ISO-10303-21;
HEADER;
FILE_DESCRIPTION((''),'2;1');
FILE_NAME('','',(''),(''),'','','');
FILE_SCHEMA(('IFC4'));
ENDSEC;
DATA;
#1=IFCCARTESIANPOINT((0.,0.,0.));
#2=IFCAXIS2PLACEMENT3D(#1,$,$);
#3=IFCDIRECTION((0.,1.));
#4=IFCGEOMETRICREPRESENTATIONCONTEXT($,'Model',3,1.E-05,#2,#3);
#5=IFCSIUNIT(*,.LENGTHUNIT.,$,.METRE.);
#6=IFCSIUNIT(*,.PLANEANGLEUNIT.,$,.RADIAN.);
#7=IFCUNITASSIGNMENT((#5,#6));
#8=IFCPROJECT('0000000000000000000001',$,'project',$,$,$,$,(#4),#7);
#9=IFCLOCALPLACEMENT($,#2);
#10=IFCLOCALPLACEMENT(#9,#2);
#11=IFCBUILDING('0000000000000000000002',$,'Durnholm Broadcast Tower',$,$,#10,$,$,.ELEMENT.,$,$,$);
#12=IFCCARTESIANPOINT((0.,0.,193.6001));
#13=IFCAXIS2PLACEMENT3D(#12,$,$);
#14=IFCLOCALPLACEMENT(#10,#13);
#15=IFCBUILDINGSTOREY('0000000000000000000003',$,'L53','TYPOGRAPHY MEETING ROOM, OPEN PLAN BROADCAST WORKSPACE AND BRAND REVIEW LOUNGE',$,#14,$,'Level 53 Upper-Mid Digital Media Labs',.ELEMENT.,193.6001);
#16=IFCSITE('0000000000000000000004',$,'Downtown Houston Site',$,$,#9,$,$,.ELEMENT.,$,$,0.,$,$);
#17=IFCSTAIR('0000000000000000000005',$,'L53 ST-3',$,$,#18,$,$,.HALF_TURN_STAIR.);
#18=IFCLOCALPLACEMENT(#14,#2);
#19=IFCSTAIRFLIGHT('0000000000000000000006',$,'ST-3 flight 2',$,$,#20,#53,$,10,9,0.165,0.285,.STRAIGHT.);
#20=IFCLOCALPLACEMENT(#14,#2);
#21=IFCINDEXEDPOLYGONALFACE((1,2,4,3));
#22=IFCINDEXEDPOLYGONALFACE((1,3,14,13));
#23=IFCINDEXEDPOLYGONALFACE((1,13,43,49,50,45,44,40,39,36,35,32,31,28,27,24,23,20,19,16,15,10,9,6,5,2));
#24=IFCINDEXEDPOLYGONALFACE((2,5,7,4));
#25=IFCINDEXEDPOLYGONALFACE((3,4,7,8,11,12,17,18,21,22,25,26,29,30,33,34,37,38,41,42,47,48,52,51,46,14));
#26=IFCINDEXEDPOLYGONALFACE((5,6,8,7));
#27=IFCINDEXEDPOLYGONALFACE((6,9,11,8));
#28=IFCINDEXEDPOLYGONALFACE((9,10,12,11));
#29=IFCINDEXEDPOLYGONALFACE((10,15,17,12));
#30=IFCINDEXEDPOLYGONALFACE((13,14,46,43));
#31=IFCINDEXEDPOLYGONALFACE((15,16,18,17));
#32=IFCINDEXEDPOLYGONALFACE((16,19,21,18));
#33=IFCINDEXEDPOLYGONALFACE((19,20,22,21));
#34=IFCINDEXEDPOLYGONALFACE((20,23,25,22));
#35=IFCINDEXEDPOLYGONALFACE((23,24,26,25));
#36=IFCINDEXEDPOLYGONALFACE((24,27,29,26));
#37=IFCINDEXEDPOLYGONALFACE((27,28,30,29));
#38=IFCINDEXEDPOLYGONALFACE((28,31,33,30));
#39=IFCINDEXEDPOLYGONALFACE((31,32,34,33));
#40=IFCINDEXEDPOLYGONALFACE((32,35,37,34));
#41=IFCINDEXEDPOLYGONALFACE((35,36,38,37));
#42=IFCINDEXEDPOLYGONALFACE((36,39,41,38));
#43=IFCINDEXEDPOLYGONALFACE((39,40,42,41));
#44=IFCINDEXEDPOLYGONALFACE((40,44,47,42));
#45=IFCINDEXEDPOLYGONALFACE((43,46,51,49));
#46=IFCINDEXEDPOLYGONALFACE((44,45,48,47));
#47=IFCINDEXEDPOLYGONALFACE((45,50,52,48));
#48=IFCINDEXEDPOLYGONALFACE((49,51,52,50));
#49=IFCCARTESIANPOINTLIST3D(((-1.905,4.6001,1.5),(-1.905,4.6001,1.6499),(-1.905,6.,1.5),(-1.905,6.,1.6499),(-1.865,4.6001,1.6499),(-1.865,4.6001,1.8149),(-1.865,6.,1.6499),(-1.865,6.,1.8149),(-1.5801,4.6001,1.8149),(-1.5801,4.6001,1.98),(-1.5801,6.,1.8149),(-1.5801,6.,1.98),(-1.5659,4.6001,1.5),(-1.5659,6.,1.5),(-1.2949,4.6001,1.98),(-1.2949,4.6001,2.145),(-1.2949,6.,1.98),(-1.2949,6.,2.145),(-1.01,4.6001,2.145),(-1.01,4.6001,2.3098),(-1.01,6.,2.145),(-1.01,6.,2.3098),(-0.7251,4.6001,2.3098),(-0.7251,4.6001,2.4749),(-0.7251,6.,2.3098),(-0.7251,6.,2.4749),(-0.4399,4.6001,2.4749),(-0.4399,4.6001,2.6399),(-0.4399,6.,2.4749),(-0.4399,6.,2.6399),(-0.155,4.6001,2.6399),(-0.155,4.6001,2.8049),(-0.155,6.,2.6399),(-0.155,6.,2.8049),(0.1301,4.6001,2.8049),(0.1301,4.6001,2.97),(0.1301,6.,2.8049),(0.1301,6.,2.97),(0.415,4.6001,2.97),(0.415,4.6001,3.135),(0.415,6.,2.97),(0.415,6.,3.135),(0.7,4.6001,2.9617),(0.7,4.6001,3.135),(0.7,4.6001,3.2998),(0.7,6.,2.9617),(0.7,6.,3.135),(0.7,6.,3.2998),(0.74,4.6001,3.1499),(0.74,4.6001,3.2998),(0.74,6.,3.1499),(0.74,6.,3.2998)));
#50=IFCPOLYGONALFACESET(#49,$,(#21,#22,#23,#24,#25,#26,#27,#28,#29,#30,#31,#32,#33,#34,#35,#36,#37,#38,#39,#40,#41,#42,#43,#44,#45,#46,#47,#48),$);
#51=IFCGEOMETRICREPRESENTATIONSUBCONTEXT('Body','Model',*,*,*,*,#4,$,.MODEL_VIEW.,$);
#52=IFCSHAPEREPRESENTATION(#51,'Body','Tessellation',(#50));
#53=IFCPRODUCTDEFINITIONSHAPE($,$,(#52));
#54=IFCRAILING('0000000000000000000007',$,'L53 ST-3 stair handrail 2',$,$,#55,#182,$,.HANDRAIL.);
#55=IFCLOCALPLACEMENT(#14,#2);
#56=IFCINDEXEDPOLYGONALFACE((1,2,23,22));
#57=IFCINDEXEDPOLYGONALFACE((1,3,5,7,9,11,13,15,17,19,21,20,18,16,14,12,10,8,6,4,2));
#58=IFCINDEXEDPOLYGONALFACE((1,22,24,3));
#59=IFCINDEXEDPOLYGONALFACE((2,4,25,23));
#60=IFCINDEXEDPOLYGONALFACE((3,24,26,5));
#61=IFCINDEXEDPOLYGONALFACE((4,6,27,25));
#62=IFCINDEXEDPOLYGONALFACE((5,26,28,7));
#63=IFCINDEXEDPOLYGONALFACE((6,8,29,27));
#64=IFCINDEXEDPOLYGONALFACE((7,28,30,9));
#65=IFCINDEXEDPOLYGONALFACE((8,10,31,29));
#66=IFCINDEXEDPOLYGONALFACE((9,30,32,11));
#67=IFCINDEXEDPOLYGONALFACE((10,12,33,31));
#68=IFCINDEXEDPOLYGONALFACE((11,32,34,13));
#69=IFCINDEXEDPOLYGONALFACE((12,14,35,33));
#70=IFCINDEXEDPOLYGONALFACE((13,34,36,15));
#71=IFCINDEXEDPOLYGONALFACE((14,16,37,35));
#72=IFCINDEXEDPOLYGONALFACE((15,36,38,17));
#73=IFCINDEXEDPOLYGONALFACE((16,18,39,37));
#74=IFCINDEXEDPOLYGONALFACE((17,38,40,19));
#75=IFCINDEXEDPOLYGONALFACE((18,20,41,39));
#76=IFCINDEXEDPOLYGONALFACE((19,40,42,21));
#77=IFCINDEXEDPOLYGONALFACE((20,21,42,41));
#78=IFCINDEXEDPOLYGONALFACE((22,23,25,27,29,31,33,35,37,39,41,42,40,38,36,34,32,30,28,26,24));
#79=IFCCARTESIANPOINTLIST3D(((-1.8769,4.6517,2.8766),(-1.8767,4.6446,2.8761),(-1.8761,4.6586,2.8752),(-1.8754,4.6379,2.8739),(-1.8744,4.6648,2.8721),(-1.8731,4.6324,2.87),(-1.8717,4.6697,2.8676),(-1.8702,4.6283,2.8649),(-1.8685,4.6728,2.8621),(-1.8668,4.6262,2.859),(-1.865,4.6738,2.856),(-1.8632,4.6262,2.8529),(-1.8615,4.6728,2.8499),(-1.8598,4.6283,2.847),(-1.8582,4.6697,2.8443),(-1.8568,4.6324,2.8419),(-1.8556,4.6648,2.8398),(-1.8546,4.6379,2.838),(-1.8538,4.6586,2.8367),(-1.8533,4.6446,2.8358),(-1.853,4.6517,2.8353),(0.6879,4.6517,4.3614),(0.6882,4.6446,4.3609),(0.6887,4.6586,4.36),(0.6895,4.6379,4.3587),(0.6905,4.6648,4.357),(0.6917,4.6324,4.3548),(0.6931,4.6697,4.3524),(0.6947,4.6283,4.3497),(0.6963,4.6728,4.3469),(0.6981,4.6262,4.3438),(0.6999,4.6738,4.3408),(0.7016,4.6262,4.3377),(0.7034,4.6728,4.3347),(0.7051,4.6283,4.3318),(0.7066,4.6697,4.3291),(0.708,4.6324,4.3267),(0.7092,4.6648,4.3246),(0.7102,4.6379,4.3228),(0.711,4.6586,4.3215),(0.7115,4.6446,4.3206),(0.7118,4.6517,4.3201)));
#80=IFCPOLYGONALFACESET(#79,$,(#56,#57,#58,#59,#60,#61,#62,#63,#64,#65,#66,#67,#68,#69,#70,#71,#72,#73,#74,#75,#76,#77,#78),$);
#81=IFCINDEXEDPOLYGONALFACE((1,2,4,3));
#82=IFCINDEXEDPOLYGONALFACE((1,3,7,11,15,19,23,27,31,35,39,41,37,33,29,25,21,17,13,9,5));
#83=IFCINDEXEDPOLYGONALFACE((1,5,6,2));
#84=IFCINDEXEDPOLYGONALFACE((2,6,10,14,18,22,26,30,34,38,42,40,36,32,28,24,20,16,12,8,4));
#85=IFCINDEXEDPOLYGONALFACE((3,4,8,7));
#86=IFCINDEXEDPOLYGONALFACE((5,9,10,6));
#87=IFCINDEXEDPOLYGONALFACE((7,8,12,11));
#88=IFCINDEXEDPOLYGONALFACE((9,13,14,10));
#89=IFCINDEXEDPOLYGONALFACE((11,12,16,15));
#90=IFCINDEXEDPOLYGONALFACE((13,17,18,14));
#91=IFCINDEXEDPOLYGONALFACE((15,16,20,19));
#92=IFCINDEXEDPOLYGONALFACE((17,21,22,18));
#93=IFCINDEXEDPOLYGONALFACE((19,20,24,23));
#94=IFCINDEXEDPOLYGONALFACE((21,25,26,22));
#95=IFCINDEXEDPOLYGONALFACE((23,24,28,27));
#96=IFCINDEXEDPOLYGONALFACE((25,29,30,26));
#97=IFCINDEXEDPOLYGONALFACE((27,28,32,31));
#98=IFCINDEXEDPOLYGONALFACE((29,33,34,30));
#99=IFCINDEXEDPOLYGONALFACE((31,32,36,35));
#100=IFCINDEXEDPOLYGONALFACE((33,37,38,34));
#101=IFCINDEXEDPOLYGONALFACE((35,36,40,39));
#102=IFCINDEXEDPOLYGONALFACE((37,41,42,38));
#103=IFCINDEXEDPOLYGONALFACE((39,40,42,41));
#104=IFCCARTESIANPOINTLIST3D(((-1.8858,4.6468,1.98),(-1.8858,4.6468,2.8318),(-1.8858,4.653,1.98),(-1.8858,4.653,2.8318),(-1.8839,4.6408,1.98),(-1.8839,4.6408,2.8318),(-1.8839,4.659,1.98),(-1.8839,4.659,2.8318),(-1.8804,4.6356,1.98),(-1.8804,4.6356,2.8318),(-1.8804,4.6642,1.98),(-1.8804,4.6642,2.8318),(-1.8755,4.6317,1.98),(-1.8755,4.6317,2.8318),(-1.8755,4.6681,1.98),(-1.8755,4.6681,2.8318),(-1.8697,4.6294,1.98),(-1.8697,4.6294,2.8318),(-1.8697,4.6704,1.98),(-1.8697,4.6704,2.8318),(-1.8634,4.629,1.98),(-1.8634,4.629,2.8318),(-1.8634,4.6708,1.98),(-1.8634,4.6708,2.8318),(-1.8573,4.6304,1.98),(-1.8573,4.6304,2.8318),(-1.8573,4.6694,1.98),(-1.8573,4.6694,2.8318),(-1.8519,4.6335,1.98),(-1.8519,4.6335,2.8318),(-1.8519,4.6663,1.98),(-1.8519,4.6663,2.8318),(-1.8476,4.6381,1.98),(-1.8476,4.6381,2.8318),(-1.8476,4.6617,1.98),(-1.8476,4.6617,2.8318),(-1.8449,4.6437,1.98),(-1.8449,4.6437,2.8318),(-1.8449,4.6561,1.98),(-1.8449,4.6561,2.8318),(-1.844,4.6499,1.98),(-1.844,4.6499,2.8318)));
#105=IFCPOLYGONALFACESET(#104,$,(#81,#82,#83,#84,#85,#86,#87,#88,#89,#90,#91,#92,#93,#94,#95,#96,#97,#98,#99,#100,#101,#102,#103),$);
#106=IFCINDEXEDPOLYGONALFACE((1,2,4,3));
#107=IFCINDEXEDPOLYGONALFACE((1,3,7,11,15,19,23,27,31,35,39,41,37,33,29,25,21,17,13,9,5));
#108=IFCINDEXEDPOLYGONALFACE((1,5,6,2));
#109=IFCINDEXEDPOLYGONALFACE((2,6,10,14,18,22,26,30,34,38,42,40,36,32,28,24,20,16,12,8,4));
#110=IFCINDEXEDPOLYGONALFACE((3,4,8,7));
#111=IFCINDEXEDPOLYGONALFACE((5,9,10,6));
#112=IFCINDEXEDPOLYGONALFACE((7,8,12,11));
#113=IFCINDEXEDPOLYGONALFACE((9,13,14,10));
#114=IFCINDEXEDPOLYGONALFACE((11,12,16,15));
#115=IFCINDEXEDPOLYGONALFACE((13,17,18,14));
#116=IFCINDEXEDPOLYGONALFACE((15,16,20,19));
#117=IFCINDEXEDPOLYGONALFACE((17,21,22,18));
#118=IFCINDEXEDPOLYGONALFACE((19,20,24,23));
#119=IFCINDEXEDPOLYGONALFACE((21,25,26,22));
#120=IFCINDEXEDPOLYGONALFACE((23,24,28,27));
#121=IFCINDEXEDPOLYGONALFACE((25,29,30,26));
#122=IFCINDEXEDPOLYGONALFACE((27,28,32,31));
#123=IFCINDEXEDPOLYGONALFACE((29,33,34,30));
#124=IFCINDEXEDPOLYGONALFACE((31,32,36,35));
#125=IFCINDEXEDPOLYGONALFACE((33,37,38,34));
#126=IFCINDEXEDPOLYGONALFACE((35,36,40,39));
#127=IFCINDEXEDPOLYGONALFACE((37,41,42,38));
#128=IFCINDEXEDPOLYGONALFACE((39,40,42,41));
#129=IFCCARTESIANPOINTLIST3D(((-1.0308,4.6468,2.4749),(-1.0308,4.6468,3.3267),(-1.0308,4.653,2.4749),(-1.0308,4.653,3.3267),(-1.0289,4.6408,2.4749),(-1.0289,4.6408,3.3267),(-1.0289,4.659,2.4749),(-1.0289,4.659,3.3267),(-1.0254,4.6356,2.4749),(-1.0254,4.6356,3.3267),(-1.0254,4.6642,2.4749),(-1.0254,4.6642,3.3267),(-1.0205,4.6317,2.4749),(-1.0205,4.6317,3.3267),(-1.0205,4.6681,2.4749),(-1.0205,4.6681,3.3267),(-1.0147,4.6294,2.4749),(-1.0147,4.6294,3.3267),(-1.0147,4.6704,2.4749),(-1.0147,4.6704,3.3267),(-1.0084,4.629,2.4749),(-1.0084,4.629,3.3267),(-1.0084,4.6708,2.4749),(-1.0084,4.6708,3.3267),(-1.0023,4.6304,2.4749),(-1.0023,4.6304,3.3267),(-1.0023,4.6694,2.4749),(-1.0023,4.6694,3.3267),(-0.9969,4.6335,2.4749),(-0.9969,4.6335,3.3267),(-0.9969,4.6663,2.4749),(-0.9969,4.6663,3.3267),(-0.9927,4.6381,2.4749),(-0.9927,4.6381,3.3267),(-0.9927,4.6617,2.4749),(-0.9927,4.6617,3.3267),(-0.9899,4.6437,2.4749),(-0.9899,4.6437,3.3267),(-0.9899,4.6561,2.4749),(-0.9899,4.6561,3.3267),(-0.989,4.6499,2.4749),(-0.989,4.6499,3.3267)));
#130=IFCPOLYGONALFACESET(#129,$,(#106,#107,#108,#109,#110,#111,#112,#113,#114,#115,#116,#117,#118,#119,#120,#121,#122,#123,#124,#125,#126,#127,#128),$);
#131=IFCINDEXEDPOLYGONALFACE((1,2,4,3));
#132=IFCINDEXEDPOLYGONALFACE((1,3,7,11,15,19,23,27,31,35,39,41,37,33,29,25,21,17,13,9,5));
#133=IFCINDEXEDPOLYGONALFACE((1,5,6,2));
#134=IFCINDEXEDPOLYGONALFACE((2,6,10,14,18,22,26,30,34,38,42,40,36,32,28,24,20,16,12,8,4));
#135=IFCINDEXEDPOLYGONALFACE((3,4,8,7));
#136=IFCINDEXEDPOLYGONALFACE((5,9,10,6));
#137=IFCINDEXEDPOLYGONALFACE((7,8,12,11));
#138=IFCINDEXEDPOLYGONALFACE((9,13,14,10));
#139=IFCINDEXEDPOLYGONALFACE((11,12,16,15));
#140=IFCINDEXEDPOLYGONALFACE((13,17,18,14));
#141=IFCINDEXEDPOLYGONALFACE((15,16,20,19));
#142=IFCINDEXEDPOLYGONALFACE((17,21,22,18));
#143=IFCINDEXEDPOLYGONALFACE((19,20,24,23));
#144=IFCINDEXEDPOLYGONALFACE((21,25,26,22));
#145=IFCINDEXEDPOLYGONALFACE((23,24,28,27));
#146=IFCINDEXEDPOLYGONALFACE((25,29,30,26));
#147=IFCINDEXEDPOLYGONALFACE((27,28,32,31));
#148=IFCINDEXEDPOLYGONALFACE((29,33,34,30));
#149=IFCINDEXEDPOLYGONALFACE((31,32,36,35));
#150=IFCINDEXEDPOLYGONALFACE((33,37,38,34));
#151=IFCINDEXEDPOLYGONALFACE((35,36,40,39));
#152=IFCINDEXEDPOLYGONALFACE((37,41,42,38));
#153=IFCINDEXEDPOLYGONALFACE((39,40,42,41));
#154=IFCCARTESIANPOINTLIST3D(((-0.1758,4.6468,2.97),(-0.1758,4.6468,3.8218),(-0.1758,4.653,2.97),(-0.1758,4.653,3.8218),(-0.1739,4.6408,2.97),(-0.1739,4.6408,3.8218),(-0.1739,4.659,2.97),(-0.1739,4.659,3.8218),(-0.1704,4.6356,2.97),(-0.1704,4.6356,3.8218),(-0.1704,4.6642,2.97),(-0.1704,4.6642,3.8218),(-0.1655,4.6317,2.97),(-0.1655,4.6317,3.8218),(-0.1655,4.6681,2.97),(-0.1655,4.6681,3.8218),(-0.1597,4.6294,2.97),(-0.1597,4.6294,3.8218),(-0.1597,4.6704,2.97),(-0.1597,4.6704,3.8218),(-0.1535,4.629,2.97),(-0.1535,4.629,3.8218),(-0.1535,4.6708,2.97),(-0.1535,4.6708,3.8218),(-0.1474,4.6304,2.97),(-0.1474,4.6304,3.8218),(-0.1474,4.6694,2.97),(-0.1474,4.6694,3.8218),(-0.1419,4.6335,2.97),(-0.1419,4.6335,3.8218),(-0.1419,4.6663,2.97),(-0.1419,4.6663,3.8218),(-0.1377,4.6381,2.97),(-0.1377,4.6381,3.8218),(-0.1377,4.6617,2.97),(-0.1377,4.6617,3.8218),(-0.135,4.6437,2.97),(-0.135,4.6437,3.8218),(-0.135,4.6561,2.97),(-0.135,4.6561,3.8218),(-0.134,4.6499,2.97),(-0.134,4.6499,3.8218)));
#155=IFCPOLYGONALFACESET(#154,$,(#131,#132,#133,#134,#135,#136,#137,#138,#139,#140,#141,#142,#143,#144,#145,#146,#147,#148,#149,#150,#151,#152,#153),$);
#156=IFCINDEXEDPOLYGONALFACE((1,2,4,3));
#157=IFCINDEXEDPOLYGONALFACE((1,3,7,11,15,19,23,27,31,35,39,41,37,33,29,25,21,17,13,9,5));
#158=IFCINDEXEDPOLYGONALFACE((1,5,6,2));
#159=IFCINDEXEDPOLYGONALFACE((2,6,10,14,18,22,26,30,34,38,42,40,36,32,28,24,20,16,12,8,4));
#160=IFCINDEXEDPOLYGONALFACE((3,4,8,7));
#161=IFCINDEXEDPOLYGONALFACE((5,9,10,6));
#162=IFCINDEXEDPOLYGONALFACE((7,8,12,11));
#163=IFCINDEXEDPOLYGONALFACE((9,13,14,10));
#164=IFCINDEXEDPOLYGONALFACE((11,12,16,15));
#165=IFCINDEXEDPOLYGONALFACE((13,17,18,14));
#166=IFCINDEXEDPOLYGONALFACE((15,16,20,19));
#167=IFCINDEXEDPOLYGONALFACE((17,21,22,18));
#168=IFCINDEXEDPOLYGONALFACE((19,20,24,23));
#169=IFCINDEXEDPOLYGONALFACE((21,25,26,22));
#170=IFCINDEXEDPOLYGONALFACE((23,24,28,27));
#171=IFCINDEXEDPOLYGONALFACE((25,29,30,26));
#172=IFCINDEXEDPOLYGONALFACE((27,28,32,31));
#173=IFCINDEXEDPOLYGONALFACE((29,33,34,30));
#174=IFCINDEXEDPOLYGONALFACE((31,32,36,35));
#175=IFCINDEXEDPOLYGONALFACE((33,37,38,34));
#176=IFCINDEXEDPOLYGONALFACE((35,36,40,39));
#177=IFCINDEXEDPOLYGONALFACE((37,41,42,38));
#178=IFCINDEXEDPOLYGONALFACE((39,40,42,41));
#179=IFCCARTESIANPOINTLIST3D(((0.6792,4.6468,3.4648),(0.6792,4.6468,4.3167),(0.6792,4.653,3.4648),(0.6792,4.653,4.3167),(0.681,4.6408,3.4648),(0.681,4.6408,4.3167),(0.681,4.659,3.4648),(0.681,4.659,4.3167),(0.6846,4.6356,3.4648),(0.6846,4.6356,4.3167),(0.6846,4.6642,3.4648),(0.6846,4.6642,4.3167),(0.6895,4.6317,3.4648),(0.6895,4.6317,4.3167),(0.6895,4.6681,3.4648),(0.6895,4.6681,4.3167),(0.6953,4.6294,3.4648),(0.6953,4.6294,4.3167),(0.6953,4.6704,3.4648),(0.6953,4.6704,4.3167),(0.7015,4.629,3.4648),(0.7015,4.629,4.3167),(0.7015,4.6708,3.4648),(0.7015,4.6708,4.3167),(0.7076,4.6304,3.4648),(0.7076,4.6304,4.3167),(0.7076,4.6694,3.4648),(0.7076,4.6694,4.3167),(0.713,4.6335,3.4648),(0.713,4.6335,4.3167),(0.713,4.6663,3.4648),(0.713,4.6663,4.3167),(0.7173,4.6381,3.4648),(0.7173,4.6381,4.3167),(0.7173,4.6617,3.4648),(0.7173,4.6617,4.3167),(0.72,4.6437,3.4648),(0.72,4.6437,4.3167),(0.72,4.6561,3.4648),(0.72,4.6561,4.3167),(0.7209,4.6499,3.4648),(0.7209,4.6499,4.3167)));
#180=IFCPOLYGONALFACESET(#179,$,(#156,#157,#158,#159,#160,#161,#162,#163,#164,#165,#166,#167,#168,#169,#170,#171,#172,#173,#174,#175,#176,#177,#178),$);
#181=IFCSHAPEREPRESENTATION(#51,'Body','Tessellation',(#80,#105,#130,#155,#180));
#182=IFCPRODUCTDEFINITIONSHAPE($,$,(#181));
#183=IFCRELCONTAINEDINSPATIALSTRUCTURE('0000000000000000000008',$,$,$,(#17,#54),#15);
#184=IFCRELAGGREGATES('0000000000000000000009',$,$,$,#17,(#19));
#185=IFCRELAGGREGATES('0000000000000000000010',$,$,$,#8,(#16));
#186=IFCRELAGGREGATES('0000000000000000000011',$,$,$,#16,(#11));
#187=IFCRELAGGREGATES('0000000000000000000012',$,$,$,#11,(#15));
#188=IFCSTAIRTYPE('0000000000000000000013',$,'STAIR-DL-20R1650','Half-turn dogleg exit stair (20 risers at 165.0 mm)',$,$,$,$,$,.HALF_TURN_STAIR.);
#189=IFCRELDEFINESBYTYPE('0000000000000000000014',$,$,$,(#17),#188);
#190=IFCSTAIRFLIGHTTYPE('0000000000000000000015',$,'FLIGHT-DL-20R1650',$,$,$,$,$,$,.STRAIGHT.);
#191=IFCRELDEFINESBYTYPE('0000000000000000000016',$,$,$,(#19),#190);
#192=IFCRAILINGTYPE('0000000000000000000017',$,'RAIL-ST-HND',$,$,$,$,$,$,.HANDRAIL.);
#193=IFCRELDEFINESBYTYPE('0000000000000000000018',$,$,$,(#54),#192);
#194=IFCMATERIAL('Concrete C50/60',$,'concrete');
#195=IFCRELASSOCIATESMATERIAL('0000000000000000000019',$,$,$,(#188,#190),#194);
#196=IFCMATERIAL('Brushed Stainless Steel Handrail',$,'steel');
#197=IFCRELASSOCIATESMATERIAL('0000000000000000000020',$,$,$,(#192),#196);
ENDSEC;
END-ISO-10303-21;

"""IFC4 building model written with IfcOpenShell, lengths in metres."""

from ifc_helpers import new_model, si_unit, direction, frame, origin, origin_2d, place, context, subcontext, project, spatial, polyline, circle, outline, extrude, material, type_object, element, aggregate, save


model = new_model("IFC4")

# Units and contexts
model_context = context("Model", 3, precision=1e-05, world=origin(), true_north=direction((0.0, 1.0)))
body_context = subcontext(model_context, "Body", "Model", "MODEL_VIEW")
ifc_project = project(units=[si_unit("LENGTHUNIT", "METRE"), si_unit("PLANEANGLEUNIT", "RADIAN")], contexts=[model_context])

# Site, building, storey
site_placement = place(None, origin())
site = spatial("IfcSite", under=ifc_project, at=site_placement, Name="Downtown Houston Site", CompositionType="ELEMENT", RefElevation=0.0)
building_placement = place(site_placement, origin())
building = spatial("IfcBuilding", under=site, at=building_placement, Name="Durnholm Broadcast Tower", CompositionType="ELEMENT")
storey_placement = place(building_placement, frame((0.0, 0.0, 193.6001)))
storey = spatial("IfcBuildingStorey", under=building, at=storey_placement, Name="L53", Description="TYPOGRAPHY MEETING ROOM, OPEN PLAN BROADCAST WORKSPACE AND BRAND REVIEW LOUNGE", LongName="Level 53 Upper-Mid Digital Media Labs", CompositionType="ELEMENT", Elevation=193.6001)

# Shared definitions
ifc_material_1 = material(Name="Concrete C50/60", Category="concrete")

# Stair
stair_type = type_object("IfcStairType", Name="STAIR-DL-20R1650", Description="Half-turn dogleg exit stair (20 risers at 165.0 mm)", PredefinedType="HALF_TURN_STAIR", material=ifc_material_1)
stair_1_placement = place(storey_placement, origin())
stair_1 = element("IfcStair", 1, at=stair_1_placement, inside=storey, type_object=stair_type, Name="L53 ST-3", PredefinedType="HALF_TURN_STAIR")

# Stair flight
stair_flight_type = type_object("IfcStairFlightType", Name="FLIGHT-DL-20R1650", PredefinedType="STRAIGHT", material=ifc_material_1)
stair_flight_placement = place(storey_placement, frame((-1.865, 5.3, 1.6499), z_axis=(0.0, 0.0, 1.0), x_axis=(1.0, 0.0, 0.0)))
stair_flight = element("IfcStairFlight", 2, at=stair_flight_placement, type_object=stair_flight_type, Name="ST-3 flight 2", NumberOfRisers=10, NumberOfTreads=9, PredefinedType="STRAIGHT", RiserHeight=0.165, TreadLength=0.285, context=body_context, shape_type="SweptSolid", body=[
    extrude(outline(polyline([(-0.04, -0.1499), (-0.04, 0.0), (0.0, 0.0), (0.0, 0.165), (0.2849, 0.165), (0.2849, 0.3301), (0.5701, 0.3301), (0.5701, 0.4951), (0.855, 0.4951), (0.855, 0.6599), (1.1399, 0.6599), (1.1399, 0.825), (1.425, 0.825), (1.425, 0.99), (1.71, 0.99), (1.71, 1.155), (1.9951, 1.155), (1.9951, 1.3201), (2.28, 1.3201), (2.28, 1.4851), (2.5649, 1.4851), (2.5649, 1.6499), (2.605, 1.6499), (2.605, 1.5), (2.5649, 1.3118), (0.2991, -0.1499), (-0.04, -0.1499)])), frame((0.0, 0.7, 0.0), z_axis=(0.0, -1.0, 0.0), x_axis=(1.0, 0.0, 0.0)), (0.0, 0.0, 1.0), 1.3999),
])
aggregate(stair_1, [stair_flight])

# Railing
ifc_material_2 = material(Name="Brushed Stainless Steel Handrail", Category="steel")
railing_type = type_object("IfcRailingType", Name="RAIL-ST-HND", PredefinedType="HANDRAIL", material=ifc_material_2)
railing_placement = place(storey_placement, frame((-1.865, 4.6499, 1.98)))
element("IfcRailing", 3, at=railing_placement, inside=storey, type_object=railing_type, Name="L53 ST-3 stair handrail 2", PredefinedType="HANDRAIL", context=body_context, shape_type="SweptSolid", body=[
    extrude(circle(Radius=0.0239, at=origin_2d()), frame((0.0, 0.0, 0.876), z_axis=(0.865441, 0.0, 0.50101), x_axis=(0.0, 1.0, 0.0)), (0.0, 0.0, 1.0), 2.9636),
    extrude(circle(Radius=0.021, at=origin_2d()), origin(), (0.0, 0.0, 1.0), 0.8518),
    extrude(circle(Radius=0.021, at=origin_2d()), frame((0.855, 0.0, 0.4949)), (0.0, 0.0, 1.0), 0.8518),
    extrude(circle(Radius=0.021, at=origin_2d()), frame((1.71, 0.0, 0.99)), (0.0, 0.0, 1.0), 0.8518),
    extrude(circle(Radius=0.021, at=origin_2d()), frame((2.5649, 0.0, 1.4849)), (0.0, 0.0, 1.0), 0.8518),
])

save(model, "model.ifc")
